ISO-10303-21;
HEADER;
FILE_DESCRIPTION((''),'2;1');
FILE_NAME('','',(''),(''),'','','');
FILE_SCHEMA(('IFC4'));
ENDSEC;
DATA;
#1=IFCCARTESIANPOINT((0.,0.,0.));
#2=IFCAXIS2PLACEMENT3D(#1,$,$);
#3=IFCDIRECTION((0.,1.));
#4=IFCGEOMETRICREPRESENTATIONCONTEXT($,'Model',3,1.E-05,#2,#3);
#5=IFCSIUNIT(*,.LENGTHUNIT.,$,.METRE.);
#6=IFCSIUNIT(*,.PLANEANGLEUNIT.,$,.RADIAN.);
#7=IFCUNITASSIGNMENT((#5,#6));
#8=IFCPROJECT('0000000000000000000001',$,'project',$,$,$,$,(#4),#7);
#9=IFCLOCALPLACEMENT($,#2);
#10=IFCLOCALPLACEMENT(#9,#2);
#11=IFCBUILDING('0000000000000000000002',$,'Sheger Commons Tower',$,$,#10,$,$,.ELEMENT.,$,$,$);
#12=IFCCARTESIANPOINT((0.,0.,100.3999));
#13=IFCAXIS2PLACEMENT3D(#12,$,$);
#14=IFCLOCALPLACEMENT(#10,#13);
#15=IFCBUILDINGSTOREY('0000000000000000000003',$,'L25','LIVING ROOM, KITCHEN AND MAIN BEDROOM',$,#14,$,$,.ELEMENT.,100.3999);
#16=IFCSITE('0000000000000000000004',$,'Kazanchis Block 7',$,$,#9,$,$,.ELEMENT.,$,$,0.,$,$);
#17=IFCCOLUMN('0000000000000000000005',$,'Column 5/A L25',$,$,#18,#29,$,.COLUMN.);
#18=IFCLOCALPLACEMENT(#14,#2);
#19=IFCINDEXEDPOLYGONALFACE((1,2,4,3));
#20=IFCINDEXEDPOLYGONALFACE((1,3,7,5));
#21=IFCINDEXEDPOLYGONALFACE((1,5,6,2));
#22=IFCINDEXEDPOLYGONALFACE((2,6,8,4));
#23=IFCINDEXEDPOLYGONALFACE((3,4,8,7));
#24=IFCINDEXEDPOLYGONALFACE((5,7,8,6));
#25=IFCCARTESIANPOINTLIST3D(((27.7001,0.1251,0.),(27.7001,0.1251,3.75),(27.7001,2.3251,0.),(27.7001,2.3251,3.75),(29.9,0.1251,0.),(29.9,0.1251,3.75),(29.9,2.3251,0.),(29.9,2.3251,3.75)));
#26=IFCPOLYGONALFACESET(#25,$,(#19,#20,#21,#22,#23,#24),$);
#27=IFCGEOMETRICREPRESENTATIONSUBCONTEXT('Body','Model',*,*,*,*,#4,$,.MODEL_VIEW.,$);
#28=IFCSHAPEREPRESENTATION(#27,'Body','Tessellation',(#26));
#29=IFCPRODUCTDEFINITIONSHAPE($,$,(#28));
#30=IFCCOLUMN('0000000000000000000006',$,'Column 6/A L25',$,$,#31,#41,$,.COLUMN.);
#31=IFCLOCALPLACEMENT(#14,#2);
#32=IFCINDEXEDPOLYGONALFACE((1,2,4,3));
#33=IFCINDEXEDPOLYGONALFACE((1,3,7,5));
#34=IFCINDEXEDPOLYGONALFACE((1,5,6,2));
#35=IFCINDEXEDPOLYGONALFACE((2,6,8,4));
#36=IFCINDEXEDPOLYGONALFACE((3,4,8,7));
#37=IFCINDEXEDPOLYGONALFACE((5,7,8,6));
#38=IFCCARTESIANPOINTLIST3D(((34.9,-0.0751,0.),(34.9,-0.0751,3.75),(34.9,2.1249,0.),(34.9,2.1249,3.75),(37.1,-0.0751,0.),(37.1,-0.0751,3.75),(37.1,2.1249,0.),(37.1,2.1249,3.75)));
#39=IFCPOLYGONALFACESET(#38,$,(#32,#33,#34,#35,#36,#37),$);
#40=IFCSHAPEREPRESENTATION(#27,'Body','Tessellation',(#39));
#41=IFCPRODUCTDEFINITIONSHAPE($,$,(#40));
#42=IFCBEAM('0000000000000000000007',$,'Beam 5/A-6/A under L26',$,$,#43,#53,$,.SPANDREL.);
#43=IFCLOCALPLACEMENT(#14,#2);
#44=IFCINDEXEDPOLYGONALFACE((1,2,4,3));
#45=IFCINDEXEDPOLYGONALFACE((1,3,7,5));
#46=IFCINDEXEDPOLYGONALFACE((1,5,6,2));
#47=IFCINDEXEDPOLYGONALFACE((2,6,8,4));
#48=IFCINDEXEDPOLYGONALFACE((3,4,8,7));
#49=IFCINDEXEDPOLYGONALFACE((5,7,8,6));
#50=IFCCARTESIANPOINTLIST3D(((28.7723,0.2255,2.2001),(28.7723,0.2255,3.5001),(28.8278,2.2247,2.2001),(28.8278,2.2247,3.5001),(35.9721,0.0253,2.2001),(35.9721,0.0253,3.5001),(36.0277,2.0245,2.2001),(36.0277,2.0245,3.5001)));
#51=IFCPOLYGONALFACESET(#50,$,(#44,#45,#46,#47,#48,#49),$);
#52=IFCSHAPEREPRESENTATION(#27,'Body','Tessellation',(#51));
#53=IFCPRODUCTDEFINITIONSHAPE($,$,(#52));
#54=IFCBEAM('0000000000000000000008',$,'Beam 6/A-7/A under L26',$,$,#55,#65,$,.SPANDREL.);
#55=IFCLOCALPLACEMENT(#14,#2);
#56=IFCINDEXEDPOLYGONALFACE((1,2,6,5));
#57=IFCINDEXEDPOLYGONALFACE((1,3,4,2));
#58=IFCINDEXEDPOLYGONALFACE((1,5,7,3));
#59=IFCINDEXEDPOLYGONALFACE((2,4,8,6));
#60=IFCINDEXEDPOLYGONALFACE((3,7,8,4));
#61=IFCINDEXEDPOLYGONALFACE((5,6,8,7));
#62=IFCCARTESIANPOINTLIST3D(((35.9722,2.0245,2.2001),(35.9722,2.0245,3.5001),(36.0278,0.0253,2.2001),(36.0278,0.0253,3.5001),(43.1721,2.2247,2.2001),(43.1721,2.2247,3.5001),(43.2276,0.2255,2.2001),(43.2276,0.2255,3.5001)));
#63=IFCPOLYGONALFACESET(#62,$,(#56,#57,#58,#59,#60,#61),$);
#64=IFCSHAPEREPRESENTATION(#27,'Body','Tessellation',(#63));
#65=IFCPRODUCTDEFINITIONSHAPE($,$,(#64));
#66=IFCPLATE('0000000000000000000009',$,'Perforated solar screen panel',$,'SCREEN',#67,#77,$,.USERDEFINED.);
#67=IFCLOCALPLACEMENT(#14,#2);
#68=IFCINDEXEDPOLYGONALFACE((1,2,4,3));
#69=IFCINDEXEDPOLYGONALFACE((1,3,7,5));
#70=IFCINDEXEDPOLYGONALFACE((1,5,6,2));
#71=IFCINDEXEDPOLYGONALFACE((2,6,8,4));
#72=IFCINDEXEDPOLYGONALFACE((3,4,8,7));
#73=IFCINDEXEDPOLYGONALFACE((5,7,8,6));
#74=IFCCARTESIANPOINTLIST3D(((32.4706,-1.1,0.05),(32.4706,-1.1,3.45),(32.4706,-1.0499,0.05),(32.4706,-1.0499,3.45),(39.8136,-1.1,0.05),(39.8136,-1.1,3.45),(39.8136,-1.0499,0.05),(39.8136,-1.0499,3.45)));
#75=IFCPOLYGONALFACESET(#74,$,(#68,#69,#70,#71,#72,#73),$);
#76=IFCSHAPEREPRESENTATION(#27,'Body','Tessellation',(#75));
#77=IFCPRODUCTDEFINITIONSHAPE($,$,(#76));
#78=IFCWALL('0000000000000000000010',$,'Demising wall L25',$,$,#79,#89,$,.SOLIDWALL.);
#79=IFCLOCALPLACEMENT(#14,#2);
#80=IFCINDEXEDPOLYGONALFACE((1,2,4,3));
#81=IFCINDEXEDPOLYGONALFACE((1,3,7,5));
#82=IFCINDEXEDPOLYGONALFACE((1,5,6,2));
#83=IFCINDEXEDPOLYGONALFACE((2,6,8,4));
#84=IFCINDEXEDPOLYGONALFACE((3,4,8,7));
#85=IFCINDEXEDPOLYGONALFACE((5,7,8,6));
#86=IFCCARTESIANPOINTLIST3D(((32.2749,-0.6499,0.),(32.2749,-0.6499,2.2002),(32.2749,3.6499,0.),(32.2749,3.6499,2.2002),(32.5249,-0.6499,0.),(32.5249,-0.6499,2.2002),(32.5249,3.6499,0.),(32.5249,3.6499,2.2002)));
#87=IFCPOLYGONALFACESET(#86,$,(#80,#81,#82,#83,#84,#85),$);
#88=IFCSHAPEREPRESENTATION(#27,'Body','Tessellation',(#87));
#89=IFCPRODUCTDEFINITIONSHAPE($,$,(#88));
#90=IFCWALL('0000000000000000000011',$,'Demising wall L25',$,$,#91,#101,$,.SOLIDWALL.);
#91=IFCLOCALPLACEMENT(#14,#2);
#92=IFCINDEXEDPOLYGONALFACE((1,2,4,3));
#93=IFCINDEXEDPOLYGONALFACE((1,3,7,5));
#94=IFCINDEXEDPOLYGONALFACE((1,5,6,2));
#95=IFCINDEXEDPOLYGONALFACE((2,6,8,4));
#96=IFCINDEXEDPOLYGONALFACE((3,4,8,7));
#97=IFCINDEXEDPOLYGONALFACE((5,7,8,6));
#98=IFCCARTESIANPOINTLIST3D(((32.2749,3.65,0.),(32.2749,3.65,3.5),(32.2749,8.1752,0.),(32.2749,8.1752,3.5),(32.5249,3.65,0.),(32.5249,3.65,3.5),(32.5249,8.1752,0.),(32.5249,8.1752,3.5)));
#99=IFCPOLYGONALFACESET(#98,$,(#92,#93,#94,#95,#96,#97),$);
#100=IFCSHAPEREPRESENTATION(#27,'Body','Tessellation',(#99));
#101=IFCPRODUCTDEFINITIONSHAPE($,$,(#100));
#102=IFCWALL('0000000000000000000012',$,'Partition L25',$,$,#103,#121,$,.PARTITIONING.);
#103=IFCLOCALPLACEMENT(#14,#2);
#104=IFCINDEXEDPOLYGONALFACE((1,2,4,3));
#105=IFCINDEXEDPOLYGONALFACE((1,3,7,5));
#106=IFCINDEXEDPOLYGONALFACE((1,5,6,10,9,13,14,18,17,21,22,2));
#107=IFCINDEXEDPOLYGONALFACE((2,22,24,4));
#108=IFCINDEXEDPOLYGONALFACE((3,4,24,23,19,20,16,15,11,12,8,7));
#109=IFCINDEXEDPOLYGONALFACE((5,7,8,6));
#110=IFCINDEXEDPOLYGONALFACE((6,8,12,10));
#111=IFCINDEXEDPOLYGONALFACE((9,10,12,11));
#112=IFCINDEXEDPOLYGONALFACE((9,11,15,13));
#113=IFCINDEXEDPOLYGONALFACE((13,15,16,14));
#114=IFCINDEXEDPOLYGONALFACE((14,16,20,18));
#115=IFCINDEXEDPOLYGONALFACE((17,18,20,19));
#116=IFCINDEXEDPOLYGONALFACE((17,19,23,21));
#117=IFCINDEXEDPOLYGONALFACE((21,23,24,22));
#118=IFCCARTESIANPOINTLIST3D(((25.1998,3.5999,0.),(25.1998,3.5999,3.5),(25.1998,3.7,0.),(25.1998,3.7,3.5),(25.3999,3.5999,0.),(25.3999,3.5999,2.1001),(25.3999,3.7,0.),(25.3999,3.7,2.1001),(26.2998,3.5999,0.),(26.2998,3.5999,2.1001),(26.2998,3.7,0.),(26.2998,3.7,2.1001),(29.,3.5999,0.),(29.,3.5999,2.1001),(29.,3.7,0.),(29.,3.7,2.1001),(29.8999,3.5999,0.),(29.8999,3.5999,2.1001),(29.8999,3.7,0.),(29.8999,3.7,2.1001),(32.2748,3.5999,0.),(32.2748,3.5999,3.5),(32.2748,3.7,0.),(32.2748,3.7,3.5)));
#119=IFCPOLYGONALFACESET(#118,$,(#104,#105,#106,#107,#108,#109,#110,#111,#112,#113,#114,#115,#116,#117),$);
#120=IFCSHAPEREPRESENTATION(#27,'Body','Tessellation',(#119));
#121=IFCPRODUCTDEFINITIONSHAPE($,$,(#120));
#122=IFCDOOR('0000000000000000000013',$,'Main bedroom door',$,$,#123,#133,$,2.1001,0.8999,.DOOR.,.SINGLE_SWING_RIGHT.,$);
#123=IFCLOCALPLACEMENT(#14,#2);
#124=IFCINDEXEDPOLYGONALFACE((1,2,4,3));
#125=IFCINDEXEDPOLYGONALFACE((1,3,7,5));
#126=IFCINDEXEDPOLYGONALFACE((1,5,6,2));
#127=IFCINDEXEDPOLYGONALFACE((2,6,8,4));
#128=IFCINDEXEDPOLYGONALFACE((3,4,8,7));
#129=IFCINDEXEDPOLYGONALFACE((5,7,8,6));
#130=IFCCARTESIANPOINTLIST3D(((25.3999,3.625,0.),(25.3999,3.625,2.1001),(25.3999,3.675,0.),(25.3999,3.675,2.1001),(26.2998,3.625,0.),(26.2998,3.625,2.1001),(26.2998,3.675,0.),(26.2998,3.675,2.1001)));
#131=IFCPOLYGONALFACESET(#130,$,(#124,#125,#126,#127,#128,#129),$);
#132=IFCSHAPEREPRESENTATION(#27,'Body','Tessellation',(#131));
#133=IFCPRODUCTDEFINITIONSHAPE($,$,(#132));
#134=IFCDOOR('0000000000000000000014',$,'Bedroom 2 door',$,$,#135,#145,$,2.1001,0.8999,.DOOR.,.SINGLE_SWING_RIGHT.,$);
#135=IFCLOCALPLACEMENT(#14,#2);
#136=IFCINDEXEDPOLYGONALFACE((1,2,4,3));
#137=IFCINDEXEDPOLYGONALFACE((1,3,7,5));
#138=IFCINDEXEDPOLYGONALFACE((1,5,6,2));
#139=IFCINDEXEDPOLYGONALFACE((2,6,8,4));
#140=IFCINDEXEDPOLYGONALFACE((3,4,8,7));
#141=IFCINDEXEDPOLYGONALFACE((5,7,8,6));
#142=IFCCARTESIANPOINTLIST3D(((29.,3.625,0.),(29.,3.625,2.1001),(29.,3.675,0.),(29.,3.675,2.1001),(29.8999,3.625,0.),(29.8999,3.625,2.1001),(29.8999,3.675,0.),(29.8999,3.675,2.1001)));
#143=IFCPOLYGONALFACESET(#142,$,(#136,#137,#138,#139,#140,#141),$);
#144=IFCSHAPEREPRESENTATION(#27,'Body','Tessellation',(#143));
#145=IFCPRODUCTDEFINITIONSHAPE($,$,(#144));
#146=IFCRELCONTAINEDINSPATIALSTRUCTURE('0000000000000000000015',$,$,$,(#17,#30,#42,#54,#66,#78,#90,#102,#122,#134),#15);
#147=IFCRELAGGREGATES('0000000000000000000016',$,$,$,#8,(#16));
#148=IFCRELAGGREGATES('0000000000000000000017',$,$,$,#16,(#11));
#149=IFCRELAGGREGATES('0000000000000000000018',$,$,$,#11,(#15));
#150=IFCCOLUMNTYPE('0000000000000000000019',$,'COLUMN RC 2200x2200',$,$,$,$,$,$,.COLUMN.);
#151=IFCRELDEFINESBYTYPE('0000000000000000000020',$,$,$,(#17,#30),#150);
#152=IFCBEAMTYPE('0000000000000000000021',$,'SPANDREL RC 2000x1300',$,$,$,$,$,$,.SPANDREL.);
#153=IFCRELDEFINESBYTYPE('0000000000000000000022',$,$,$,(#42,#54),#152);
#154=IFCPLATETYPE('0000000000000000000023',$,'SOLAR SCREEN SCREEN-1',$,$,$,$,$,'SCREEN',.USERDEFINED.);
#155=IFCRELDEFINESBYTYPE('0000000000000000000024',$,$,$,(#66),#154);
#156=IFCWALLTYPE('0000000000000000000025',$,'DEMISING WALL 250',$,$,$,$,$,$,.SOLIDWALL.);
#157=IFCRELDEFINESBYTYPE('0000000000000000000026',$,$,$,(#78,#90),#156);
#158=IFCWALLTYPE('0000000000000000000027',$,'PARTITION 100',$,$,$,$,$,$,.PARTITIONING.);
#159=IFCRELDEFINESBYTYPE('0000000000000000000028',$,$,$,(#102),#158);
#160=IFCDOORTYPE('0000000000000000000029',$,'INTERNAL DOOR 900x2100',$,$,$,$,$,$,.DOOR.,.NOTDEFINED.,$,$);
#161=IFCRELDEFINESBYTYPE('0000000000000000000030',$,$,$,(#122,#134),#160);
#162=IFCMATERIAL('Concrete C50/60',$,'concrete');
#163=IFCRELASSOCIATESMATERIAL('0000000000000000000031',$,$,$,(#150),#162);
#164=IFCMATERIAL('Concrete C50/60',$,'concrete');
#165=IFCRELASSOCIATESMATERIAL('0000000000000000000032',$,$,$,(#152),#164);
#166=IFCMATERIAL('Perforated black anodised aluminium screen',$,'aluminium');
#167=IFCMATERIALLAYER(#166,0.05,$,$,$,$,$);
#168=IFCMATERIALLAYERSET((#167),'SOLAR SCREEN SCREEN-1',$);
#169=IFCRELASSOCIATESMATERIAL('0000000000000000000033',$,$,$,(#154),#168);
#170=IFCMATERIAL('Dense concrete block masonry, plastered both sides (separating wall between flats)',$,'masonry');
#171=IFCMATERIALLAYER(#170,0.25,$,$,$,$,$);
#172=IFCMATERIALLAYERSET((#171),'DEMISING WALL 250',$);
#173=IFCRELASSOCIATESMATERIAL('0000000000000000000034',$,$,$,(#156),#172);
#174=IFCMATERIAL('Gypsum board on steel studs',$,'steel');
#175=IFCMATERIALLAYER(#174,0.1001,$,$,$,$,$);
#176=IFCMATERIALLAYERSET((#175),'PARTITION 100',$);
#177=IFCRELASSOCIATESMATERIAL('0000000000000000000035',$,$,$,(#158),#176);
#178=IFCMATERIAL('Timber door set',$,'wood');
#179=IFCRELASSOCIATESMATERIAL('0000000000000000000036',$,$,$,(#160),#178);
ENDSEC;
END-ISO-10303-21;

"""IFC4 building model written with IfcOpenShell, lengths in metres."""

from ifc_helpers import new_model, si_unit, direction, frame, frame_2d, origin, origin_2d, place, context, subcontext, project, spatial, rectangle, extrude, material, layer, layer_set, material_profile, profile_set, type_object, element, fill, save


model = new_model("IFC4")

# Units and contexts
model_context = context("Model", 3, precision=1e-05, world=origin(), true_north=direction((0.0, 1.0)))
body_context = subcontext(model_context, "Body", "Model", "MODEL_VIEW")
ifc_project = project(units=[si_unit("LENGTHUNIT", "METRE"), si_unit("PLANEANGLEUNIT", "RADIAN")], contexts=[model_context])

# Site, building, storey
site_placement = place(None, origin())
site = spatial("IfcSite", under=ifc_project, at=site_placement, Name="Kazanchis Block 7", CompositionType="ELEMENT", RefElevation=0.0)
building_placement = place(site_placement, origin())
building = spatial("IfcBuilding", under=site, at=building_placement, Name="Sheger Commons Tower", CompositionType="ELEMENT")
storey_placement = place(building_placement, frame((0.0, 0.0, 100.3999)))
storey = spatial("IfcBuildingStorey", under=building, at=storey_placement, Name="L25", Description="LIVING ROOM, KITCHEN AND MAIN BEDROOM", CompositionType="ELEMENT", Elevation=100.3999)

# Columns
ifc_material_1 = material(Name="Concrete C50/60", Category="concrete")
ifc_material_profile_1 = material_profile(ifc_material_1, rectangle(XDim=2.2, YDim=2.2, at=origin_2d()), Name="RC 2200x2200")
ifc_profile_set_1 = profile_set([ifc_material_profile_1], Name="Concrete C50/60")
column_type = type_object("IfcColumnType", Name="COLUMN RC 2200x2200", PredefinedType="COLUMN", material=ifc_profile_set_1)
for number, where, z_axis, x_axis, name in (
    (1, (28.8, 1.2251, 0.0), (0.0, 0.0, 1.0), (1.0, 0.0, 0.0), "Column 5/A L25"),
    (2, (36.0, 1.0249, 0.0), (0.0, 0.0, 1.0), (1.0, 0.0, 0.0), "Column 6/A L25"),
):
    element("IfcColumn", number, at=place(storey_placement, frame(where, z_axis=z_axis, x_axis=x_axis)), inside=storey, type_object=column_type, Name=name, PredefinedType="COLUMN", context=body_context, shape_type="SweptSolid", body=[
        extrude(rectangle(XDim=2.2, YDim=2.2, at=origin_2d()), origin(), (0.0, 0.0, 1.0), 3.75),
    ])

# Beams
ifc_material_2 = material(Name="Concrete C50/60", Category="concrete")
ifc_material_profile_2 = material_profile(ifc_material_2, rectangle(XDim=2.0, YDim=1.3, at=origin_2d()), Name="RC 2000x1300")
ifc_profile_set_2 = profile_set([ifc_material_profile_2], Name="Concrete C50/60")
beam_type = type_object("IfcBeamType", Name="SPANDREL RC 2000x1300", PredefinedType="SPANDREL", material=ifc_profile_set_2)
for number, where, z_axis, x_axis, name in (
    (3, (28.8, 1.2251, 2.8501), (0.999614, -0.027794, 0.0), (0.027794, 0.999614, 0.0), "Beam 5/A-6/A under L26"),
    (4, (36.0, 1.0249, 2.8501), (0.999614, 0.027794, 0.0), (-0.027794, 0.999614, 0.0), "Beam 6/A-7/A under L26"),
):
    element("IfcBeam", number, at=place(storey_placement, frame(where, z_axis=z_axis, x_axis=x_axis)), inside=storey, type_object=beam_type, Name=name, PredefinedType="SPANDREL", context=body_context, shape_type="SweptSolid", body=[
        extrude(rectangle(XDim=2.0, YDim=1.3, at=origin_2d()), origin(), (0.0, 0.0, 1.0), 7.2026),
    ])

# Plate
ifc_material_3 = material(Name="Perforated black anodised aluminium screen", Category="aluminium")
ifc_layer_1 = layer(ifc_material_3, 0.05)
ifc_layer_set_1 = layer_set([ifc_layer_1], Name="SOLAR SCREEN SCREEN-1")
plate_type = type_object("IfcPlateType", Name="SOLAR SCREEN SCREEN-1", ElementType="SCREEN", PredefinedType="USERDEFINED", material=ifc_layer_set_1)
plate_placement = place(storey_placement, frame((36.1421, -1.075, 0.05), z_axis=(0.0, 0.0, 1.0), x_axis=(1.0, 0.0, 0.0)))
element("IfcPlate", 5, at=plate_placement, inside=storey, type_object=plate_type, Name="Perforated solar screen panel", ObjectType="SCREEN", PredefinedType="USERDEFINED", context=body_context, shape_type="SweptSolid", body=[
    extrude(rectangle(XDim=7.343, YDim=0.05, at=origin_2d()), origin(), (0.0, 0.0, 1.0), 3.3999),
])

# Walls
ifc_material_4 = material(Name="Dense concrete block masonry, plastered both sides (separating wall between flats)", Category="masonry")
ifc_layer_2 = layer(ifc_material_4, 0.25)
ifc_layer_set_2 = layer_set([ifc_layer_2], Name="DEMISING WALL 250")
wall_type_1 = type_object("IfcWallType", Name="DEMISING WALL 250", PredefinedType="SOLIDWALL", material=ifc_layer_set_2)
wall_1_placement = place(storey_placement, frame((32.3999, -0.6499, 0.0), z_axis=(0.0, 0.0, 1.0), x_axis=(0.0, 1.0, 0.0)))
element("IfcWall", 6, at=wall_1_placement, inside=storey, type_object=wall_type_1, Name="Demising wall L25", PredefinedType="SOLIDWALL", context=body_context, shape_type="SweptSolid", body=[
    extrude(rectangle(XDim=4.2998, YDim=0.25, at=frame_2d((2.1499, 0.0))), origin(), (0.0, 0.0, 1.0), 2.2002),
])
wall_2_placement = place(storey_placement, frame((32.3999, 3.6499, 0.0), z_axis=(0.0, 0.0, 1.0), x_axis=(0.0, 1.0, 0.0)))
element("IfcWall", 7, at=wall_2_placement, inside=storey, type_object=wall_type_1, Name="Demising wall L25", PredefinedType="SOLIDWALL", context=body_context, shape_type="SweptSolid", body=[
    extrude(rectangle(XDim=4.5251, YDim=0.25, at=frame_2d((2.2627, 0.0))), origin(), (0.0, 0.0, 1.0), 3.5),
])

# Wall, openings, doors
ifc_material_5 = material(Name="Gypsum board on steel studs", Category="steel")
ifc_layer_3 = layer(ifc_material_5, 0.1001)
ifc_layer_set_3 = layer_set([ifc_layer_3], Name="PARTITION 100")
wall_type_2 = type_object("IfcWallType", Name="PARTITION 100", PredefinedType="PARTITIONING", material=ifc_layer_set_3)
wall_3_placement = place(storey_placement, frame((32.2749, 3.6499, 0.0), z_axis=(0.0, 0.0, 1.0), x_axis=(-1.0, 0.0, 0.0)))
wall_3 = element("IfcWall", 8, at=wall_3_placement, inside=storey, type_object=wall_type_2, Name="Partition L25", PredefinedType="PARTITIONING", context=body_context, shape_type="SweptSolid", body=[
    extrude(rectangle(XDim=7.075, YDim=0.1001, at=frame_2d((3.5376, 0.0))), origin(), (0.0, 0.0, 1.0), 3.5),
])
opening_1_placement = place(wall_3_placement, frame((5.9751, 0.0, 0.0)))
opening_1 = element("IfcOpeningElement", 9, at=opening_1_placement, cuts=wall_3, PredefinedType="OPENING", context=body_context, shape_type="SweptSolid", body=[
    extrude(rectangle(XDim=0.8999, YDim=2.1001, at=frame_2d((0.45, 1.05))), frame((0.0, 0.0601, 0.0), z_axis=(0.0, -1.0, 0.0), x_axis=(1.0, 0.0, 0.0)), (0.0, 0.0, 1.0), 0.1201),
])
opening_2_placement = place(wall_3_placement, frame((2.375, 0.0, 0.0)))
opening_2 = element("IfcOpeningElement", 10, at=opening_2_placement, cuts=wall_3, PredefinedType="OPENING", context=body_context, shape_type="SweptSolid", body=[
    extrude(rectangle(XDim=0.8999, YDim=2.1001, at=frame_2d((0.45, 1.05))), frame((0.0, 0.0601, 0.0), z_axis=(0.0, -1.0, 0.0), x_axis=(1.0, 0.0, 0.0)), (0.0, 0.0, 1.0), 0.1201),
])
ifc_material_6 = material(Name="Timber door set", Category="wood")
door_type = type_object("IfcDoorType", Name="INTERNAL DOOR 900x2100", OperationType="NOTDEFINED", PredefinedType="DOOR", material=ifc_material_6)
door_1_placement = place(opening_1_placement, origin())
door_1 = element("IfcDoor", 11, at=door_1_placement, inside=storey, type_object=door_type, Name="Main bedroom door", OperationType="SINGLE_SWING_RIGHT", OverallHeight=2.1001, OverallWidth=0.8999, PredefinedType="DOOR", context=body_context, shape_type="SweptSolid", body=[
    extrude(rectangle(XDim=0.8999, YDim=2.1001, at=frame_2d((0.45, 1.05))), frame((0.0, 0.0249, 0.0), z_axis=(0.0, -1.0, 0.0), x_axis=(1.0, 0.0, 0.0)), (0.0, 0.0, 1.0), 0.05),
])
fill(opening_1, door_1)
door_2_placement = place(opening_2_placement, origin())
door_2 = element("IfcDoor", 12, at=door_2_placement, inside=storey, type_object=door_type, Name="Bedroom 2 door", OperationType="SINGLE_SWING_RIGHT", OverallHeight=2.1001, OverallWidth=0.8999, PredefinedType="DOOR", context=body_context, shape_type="SweptSolid", body=[
    extrude(rectangle(XDim=0.8999, YDim=2.1001, at=frame_2d((0.45, 1.05))), frame((0.0, 0.0249, 0.0), z_axis=(0.0, -1.0, 0.0), x_axis=(1.0, 0.0, 0.0)), (0.0, 0.0, 1.0), 0.05),
])
fill(opening_2, door_2)

save(model, "model.ifc")
